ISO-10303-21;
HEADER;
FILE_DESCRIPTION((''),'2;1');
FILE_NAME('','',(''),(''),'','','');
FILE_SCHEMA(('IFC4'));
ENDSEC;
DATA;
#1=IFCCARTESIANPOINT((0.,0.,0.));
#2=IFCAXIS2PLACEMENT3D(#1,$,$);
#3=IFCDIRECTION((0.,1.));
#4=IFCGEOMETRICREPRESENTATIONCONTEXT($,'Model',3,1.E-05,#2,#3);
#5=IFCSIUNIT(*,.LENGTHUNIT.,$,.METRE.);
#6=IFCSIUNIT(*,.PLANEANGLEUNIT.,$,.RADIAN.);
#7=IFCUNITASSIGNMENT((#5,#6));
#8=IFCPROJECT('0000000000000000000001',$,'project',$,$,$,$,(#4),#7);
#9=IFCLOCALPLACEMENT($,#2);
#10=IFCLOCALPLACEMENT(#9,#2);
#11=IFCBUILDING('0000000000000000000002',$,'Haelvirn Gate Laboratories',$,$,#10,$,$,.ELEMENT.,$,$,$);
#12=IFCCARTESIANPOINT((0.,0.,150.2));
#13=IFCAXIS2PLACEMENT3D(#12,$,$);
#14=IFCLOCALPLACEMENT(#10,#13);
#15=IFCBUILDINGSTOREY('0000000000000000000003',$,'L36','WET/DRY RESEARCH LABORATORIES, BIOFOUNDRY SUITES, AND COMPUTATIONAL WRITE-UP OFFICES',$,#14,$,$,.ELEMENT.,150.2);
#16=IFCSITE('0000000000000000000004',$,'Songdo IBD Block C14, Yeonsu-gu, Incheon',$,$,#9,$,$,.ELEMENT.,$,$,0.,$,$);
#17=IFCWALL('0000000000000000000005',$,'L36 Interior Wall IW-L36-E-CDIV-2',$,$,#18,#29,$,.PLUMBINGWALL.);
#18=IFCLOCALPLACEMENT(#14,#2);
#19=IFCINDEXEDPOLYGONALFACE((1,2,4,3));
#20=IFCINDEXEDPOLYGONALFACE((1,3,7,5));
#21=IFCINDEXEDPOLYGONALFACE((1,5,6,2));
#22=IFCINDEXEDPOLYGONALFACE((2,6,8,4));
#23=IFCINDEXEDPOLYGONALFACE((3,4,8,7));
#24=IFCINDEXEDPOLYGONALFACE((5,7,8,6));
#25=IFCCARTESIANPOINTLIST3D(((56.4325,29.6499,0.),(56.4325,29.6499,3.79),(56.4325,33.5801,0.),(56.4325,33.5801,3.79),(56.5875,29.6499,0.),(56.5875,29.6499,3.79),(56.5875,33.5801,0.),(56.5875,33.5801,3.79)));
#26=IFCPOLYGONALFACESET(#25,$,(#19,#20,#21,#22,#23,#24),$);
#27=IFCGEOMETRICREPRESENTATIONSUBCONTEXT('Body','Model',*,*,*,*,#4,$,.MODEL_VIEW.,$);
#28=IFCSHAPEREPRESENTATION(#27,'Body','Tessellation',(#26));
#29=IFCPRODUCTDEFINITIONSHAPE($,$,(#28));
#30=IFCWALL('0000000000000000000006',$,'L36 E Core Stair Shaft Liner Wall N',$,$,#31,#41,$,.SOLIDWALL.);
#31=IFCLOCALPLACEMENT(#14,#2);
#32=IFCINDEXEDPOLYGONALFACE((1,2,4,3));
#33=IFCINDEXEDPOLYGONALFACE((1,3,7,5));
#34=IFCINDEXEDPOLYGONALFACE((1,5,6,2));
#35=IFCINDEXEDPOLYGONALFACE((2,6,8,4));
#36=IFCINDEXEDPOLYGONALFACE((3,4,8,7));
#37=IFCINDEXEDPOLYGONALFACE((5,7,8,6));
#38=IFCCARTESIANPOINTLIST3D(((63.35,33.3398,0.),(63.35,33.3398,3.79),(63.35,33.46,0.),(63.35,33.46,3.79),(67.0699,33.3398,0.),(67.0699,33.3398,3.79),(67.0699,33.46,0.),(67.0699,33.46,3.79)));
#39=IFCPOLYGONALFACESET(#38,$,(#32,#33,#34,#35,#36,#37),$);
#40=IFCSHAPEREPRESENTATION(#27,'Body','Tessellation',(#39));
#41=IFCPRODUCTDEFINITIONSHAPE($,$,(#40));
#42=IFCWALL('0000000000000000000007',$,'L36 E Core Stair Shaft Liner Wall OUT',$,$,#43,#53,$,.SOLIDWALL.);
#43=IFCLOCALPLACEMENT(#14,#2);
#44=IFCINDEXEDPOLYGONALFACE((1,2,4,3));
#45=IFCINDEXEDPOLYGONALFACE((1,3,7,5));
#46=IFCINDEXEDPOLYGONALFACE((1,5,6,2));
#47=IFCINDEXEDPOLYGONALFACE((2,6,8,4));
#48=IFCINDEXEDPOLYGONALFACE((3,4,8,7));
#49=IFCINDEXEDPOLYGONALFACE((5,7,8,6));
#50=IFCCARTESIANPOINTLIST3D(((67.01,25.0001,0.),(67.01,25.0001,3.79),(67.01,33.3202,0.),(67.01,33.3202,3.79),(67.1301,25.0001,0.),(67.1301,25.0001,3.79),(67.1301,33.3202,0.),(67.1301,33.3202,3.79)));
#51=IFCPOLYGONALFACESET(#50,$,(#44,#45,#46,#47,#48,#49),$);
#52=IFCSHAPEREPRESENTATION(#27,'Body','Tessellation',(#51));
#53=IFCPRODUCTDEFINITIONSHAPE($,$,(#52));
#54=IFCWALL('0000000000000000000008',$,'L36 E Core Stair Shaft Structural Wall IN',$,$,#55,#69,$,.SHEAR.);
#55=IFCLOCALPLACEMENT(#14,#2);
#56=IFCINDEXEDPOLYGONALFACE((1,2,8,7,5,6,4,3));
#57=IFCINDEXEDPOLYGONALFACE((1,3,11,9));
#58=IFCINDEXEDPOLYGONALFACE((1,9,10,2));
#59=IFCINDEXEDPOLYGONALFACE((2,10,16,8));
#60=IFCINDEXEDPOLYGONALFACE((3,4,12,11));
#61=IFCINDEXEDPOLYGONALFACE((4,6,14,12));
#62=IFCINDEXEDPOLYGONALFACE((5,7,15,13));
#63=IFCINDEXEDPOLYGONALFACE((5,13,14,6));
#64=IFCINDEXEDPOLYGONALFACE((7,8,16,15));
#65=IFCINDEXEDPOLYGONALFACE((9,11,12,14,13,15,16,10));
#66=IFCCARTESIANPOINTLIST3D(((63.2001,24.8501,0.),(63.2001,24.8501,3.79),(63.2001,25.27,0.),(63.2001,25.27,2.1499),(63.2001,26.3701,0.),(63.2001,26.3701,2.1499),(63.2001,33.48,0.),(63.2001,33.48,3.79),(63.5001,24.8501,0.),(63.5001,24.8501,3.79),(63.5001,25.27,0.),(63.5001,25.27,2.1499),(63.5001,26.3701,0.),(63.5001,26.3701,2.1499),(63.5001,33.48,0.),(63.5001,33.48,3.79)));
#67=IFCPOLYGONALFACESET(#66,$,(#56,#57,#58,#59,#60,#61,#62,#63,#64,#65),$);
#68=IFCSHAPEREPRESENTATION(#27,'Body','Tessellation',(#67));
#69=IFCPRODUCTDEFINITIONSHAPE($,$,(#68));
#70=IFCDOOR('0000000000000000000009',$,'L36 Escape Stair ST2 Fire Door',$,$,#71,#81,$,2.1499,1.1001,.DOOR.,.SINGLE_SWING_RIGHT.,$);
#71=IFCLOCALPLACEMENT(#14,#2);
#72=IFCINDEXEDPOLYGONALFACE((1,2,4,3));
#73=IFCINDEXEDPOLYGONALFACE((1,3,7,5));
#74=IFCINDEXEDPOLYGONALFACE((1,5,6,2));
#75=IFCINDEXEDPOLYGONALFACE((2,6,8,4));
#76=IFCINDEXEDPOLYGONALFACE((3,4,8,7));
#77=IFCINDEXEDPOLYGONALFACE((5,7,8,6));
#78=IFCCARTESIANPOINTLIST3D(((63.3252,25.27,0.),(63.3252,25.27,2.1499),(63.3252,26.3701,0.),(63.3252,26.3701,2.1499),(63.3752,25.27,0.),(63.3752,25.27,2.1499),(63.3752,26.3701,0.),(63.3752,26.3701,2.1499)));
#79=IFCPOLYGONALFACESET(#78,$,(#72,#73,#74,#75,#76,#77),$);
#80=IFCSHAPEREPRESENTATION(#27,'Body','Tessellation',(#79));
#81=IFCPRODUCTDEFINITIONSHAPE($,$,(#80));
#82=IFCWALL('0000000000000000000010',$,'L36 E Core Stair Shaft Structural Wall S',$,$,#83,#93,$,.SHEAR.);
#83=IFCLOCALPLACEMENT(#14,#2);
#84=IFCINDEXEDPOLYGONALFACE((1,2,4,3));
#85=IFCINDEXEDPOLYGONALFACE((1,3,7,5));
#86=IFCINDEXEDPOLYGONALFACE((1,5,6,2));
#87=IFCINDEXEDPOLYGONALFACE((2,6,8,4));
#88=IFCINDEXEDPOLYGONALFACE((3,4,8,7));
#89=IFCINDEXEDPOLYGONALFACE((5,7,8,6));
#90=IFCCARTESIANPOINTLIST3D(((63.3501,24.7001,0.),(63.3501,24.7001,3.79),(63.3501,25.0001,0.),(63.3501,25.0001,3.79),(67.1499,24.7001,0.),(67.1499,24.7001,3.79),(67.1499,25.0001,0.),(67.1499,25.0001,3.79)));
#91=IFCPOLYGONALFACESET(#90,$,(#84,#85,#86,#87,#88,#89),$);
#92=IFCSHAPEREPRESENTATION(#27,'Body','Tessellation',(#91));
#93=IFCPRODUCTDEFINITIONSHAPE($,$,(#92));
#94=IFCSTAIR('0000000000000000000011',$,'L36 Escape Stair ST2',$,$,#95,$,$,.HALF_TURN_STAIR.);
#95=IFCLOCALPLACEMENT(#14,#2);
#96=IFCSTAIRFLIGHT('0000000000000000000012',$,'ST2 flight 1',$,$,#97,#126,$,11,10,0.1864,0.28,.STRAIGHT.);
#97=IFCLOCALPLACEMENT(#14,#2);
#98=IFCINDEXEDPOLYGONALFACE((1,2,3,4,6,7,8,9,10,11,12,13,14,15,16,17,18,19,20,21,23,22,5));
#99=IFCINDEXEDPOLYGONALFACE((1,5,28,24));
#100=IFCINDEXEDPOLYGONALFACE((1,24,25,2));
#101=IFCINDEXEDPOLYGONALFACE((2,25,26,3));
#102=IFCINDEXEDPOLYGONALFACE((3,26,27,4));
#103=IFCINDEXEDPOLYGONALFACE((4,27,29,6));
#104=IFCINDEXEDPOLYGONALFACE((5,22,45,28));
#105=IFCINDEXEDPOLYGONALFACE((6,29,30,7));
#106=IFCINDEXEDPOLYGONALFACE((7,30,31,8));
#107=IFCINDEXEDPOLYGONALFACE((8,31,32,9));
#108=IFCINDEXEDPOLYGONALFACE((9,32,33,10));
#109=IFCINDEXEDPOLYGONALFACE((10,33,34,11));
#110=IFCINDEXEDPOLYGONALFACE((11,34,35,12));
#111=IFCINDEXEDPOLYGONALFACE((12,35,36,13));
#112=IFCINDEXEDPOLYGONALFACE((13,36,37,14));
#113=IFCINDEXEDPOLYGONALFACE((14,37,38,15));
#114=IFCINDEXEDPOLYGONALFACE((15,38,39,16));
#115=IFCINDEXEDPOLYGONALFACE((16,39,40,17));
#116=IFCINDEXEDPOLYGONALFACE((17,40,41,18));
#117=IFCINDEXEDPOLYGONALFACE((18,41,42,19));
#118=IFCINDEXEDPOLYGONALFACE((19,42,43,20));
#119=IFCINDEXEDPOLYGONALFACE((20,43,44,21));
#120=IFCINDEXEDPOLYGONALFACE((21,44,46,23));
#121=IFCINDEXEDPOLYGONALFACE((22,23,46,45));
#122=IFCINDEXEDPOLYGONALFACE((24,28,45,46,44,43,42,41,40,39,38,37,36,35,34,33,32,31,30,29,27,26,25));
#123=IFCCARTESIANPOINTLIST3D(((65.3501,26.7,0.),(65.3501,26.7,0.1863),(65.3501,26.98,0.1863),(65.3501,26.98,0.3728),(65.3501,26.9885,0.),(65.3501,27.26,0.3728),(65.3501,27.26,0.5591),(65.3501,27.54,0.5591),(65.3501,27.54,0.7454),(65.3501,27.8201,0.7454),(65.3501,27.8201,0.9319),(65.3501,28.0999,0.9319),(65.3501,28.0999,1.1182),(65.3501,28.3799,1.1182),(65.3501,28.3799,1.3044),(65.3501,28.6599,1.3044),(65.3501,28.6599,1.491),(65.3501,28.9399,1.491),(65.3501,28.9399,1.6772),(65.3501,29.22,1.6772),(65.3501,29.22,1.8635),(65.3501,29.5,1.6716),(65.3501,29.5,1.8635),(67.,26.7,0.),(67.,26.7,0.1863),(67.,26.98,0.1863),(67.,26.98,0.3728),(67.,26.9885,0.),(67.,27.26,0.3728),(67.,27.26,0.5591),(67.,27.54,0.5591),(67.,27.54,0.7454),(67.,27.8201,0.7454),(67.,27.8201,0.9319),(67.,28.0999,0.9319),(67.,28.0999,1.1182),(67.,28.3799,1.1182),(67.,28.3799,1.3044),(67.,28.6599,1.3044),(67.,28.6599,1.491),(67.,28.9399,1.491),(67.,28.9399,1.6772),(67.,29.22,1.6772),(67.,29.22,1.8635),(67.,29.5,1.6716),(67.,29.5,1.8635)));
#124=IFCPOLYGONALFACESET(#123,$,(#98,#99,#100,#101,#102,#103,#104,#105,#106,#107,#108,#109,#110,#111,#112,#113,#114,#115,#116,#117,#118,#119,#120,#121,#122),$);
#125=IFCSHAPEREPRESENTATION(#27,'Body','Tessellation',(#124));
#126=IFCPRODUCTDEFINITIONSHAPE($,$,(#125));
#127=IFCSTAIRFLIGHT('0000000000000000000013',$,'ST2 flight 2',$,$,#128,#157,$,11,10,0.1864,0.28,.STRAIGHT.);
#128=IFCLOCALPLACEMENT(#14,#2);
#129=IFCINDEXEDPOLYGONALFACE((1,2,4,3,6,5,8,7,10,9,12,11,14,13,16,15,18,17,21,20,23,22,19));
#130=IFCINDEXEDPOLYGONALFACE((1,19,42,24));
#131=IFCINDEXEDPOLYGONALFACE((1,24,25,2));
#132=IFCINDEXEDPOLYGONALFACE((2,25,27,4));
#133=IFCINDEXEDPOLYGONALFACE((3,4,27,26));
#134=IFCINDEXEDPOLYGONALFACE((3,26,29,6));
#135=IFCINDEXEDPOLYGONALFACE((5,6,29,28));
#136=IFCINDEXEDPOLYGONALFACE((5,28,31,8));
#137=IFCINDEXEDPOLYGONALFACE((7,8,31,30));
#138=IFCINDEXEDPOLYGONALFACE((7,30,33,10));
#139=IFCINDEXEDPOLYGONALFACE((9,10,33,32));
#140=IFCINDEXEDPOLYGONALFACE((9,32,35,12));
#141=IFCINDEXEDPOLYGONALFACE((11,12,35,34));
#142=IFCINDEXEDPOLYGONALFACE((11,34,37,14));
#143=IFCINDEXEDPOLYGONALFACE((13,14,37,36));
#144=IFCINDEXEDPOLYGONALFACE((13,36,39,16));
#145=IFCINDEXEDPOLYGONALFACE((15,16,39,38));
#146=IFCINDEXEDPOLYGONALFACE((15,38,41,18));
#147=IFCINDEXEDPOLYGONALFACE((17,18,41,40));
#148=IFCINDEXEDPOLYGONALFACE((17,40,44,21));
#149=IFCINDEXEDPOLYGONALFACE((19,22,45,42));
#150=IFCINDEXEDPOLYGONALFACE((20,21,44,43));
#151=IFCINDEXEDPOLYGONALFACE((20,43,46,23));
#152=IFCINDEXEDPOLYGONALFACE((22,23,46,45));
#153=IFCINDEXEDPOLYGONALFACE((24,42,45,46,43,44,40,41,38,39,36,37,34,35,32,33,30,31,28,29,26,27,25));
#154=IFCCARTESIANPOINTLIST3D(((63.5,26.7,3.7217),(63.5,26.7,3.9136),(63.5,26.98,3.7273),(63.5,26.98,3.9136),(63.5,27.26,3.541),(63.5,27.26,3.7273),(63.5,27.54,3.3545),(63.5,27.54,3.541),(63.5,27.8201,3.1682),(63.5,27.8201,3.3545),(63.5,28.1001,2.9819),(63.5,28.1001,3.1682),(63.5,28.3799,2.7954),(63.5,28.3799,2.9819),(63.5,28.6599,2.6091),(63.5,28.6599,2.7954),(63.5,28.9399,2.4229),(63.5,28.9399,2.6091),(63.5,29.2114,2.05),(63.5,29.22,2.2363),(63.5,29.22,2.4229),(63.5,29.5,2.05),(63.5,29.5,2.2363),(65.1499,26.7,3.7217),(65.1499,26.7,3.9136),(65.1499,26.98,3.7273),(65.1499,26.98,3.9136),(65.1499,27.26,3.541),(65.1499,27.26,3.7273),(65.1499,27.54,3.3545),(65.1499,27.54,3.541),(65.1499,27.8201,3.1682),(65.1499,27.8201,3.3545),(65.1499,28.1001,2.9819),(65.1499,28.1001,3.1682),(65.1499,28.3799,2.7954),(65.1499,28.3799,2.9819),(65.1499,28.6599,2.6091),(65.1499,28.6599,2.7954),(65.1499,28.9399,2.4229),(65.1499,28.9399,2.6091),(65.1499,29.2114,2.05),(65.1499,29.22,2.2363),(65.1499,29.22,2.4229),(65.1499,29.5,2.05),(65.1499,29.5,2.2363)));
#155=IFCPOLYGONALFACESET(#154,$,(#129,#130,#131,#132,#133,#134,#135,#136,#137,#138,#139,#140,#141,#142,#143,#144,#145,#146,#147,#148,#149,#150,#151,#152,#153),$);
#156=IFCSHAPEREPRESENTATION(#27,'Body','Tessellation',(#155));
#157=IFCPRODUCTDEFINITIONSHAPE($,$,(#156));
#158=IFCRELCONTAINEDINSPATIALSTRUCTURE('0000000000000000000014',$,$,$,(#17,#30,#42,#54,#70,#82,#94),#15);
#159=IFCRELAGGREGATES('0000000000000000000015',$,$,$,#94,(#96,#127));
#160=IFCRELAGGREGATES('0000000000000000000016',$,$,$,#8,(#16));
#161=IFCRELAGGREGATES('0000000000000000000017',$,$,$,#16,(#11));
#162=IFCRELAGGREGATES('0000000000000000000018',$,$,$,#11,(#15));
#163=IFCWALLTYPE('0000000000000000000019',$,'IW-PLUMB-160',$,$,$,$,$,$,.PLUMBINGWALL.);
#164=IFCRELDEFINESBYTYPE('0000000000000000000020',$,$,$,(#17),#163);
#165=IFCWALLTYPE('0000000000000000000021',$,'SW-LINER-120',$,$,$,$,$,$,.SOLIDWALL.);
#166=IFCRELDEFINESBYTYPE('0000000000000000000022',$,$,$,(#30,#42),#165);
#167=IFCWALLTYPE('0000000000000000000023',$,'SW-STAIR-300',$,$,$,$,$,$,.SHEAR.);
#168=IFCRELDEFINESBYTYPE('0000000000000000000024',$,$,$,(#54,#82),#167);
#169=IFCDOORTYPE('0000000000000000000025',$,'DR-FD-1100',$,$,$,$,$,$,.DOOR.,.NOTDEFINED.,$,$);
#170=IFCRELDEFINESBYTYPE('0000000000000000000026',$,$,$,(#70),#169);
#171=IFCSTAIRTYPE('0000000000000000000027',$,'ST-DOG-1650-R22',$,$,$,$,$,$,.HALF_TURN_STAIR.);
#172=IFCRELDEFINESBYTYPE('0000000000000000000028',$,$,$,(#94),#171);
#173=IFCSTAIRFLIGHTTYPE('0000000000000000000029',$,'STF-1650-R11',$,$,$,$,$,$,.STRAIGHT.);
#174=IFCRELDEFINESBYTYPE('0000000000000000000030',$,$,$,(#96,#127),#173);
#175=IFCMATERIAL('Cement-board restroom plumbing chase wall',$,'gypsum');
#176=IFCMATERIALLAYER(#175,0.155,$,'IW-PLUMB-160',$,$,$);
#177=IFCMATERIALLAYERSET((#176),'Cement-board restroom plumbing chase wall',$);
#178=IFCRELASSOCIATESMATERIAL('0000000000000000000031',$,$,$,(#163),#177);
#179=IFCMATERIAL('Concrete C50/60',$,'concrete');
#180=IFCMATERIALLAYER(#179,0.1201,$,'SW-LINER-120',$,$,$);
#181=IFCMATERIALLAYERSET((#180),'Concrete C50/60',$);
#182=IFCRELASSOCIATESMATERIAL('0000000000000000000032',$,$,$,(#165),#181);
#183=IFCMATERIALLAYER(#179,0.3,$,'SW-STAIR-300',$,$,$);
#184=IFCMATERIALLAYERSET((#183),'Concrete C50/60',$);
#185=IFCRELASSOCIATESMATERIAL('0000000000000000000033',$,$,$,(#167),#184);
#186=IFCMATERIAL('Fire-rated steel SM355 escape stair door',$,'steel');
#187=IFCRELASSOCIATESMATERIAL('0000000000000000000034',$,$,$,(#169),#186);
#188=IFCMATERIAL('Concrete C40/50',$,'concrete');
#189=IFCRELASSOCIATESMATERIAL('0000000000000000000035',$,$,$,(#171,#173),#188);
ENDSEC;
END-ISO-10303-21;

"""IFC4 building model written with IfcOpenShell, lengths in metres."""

from ifc_helpers import new_model, si_unit, direction, frame, frame_2d, origin, place, context, subcontext, project, spatial, polyline, rectangle, outline, extrude, source, transform, mapped, material, layer, layer_set, type_object, type_shapes, element, fill, aggregate, save


model = new_model("IFC4")

# Units and contexts
model_context = context("Model", 3, precision=1e-05, world=origin(), true_north=direction((0.0, 1.0)))
body_context = subcontext(model_context, "Body", "Model", "MODEL_VIEW")
ifc_project = project(units=[si_unit("LENGTHUNIT", "METRE"), si_unit("PLANEANGLEUNIT", "RADIAN")], contexts=[model_context])

# Site, building, storey
site_placement = place(None, origin())
site = spatial("IfcSite", under=ifc_project, at=site_placement, Name="Songdo IBD Block C14, Yeonsu-gu, Incheon", CompositionType="ELEMENT", RefElevation=0.0)
building_placement = place(site_placement, origin())
building = spatial("IfcBuilding", under=site, at=building_placement, Name="Haelvirn Gate Laboratories", CompositionType="ELEMENT")
storey_placement = place(building_placement, frame((0.0, 0.0, 150.2)))
storey = spatial("IfcBuildingStorey", under=building, at=storey_placement, Name="L36", Description="WET/DRY RESEARCH LABORATORIES, BIOFOUNDRY SUITES, AND COMPUTATIONAL WRITE-UP OFFICES", CompositionType="ELEMENT", Elevation=150.2)

# Walls
ifc_material_1 = material(Name="Cement-board restroom plumbing chase wall", Category="gypsum")
ifc_layer_1 = layer(ifc_material_1, 0.155, Name="IW-PLUMB-160")
ifc_layer_set_1 = layer_set([ifc_layer_1], Name="Cement-board restroom plumbing chase wall")
wall_type_1 = type_object("IfcWallType", Name="IW-PLUMB-160", PredefinedType="PLUMBINGWALL", material=ifc_layer_set_1)
wall_1_placement = place(storey_placement, frame((56.51, 29.6499, 0.0), z_axis=(0.0, 0.0, 1.0), x_axis=(0.0, 1.0, 0.0)))
element("IfcWall", 1, at=wall_1_placement, inside=storey, type_object=wall_type_1, Name="L36 Interior Wall IW-L36-E-CDIV-2", PredefinedType="PLUMBINGWALL", context=body_context, shape_type="SweptSolid", body=[
    extrude(rectangle(XDim=3.9302, YDim=0.155, at=frame_2d((1.9651, 0.0))), origin(), (0.0, 0.0, 1.0), 3.79),
])
ifc_material_2 = material(Name="Concrete C50/60", Category="concrete")
ifc_layer_2 = layer(ifc_material_2, 0.1201, Name="SW-LINER-120")
ifc_layer_set_2 = layer_set([ifc_layer_2], Name="Concrete C50/60")
wall_type_2 = type_object("IfcWallType", Name="SW-LINER-120", PredefinedType="SOLIDWALL", material=ifc_layer_set_2)
wall_2_placement = place(storey_placement, frame((63.3501, 33.3999, 0.0), z_axis=(0.0, 0.0, 1.0), x_axis=(1.0, 0.0, 0.0)))
element("IfcWall", 2, at=wall_2_placement, inside=storey, type_object=wall_type_2, Name="L36 E Core Stair Shaft Liner Wall N", PredefinedType="SOLIDWALL", context=body_context, shape_type="SweptSolid", body=[
    extrude(rectangle(XDim=3.72, YDim=0.1201, at=frame_2d((1.8599, 0.0))), origin(), (0.0, 0.0, 1.0), 3.79),
])
wall_3_placement = place(storey_placement, frame((67.0701, 25.0, 0.0), z_axis=(0.0, 0.0, 1.0), x_axis=(0.0, 1.0, 0.0)))
element("IfcWall", 3, at=wall_3_placement, inside=storey, type_object=wall_type_2, Name="L36 E Core Stair Shaft Liner Wall OUT", PredefinedType="SOLIDWALL", context=body_context, shape_type="SweptSolid", body=[
    extrude(rectangle(XDim=8.3201, YDim=0.1201, at=frame_2d((4.1602, 0.0))), origin(), (0.0, 0.0, 1.0), 3.79),
])

# Wall, opening, door
ifc_layer_3 = layer(ifc_material_2, 0.3, Name="SW-STAIR-300")
ifc_layer_set_3 = layer_set([ifc_layer_3], Name="Concrete C50/60")
wall_type_3 = type_object("IfcWallType", Name="SW-STAIR-300", PredefinedType="SHEAR", material=ifc_layer_set_3)
wall_4_placement = place(storey_placement, frame((63.3501, 24.8501, 0.0), z_axis=(0.0, 0.0, 1.0), x_axis=(0.0, 1.0, 0.0)))
wall_4 = element("IfcWall", 4, at=wall_4_placement, inside=storey, type_object=wall_type_3, Name="L36 E Core Stair Shaft Structural Wall IN", PredefinedType="SHEAR", context=body_context, shape_type="SweptSolid", body=[
    extrude(rectangle(XDim=8.6299, YDim=0.3, at=frame_2d((4.3149, 0.0))), origin(), (0.0, 0.0, 1.0), 3.79),
])
opening_1_placement = place(wall_4_placement, frame((0.4199, 0.0, 0.0)))
opening_1 = element("IfcOpeningElement", 5, at=opening_1_placement, cuts=wall_4, PredefinedType="OPENING", context=body_context, shape_type="SweptSolid", body=[
    extrude(rectangle(XDim=1.1001, YDim=2.1499, at=frame_2d((0.55, 1.075))), frame((0.0, 0.1602, 0.0), z_axis=(0.0, -1.0, 0.0), x_axis=(1.0, 0.0, 0.0)), (0.0, 0.0, 1.0), 0.3201),
])
ifc_material_3 = material(Name="Fire-rated steel SM355 escape stair door", Category="steel")
door_type_1 = type_object("IfcDoorType", Name="DR-FD-1100", OperationType="NOTDEFINED", PredefinedType="DOOR", material=ifc_material_3)
shared_shape_1 = source(origin(), body_context, "Body", "SweptSolid", [
    extrude(rectangle(XDim=1.1001, YDim=2.1499, at=frame_2d((0.55, 1.075))), frame((0.0, 0.0249, 0.0), z_axis=(0.0, -1.0, 0.0), x_axis=(1.0, 0.0, 0.0)), (0.0, 0.0, 1.0), 0.05),
])
type_shapes(door_type_1, [shared_shape_1])
door_1_placement = place(opening_1_placement, origin())
door_1 = element("IfcDoor", 6, at=door_1_placement, inside=storey, type_object=door_type_1, Name="L36 Escape Stair ST2 Fire Door", OperationType="SINGLE_SWING_RIGHT", OverallHeight=2.1499, OverallWidth=1.1001, PredefinedType="DOOR", context=body_context, shape_type="MappedRepresentation", body=[
    mapped(shared_shape_1, transform((0.0, 0.0, 0.0), scale=1.0)),
])
fill(opening_1, door_1)

# Wall
wall_5_placement = place(storey_placement, frame((63.3501, 24.8501, 0.0), z_axis=(0.0, 0.0, 1.0), x_axis=(1.0, 0.0, 0.0)))
element("IfcWall", 7, at=wall_5_placement, inside=storey, type_object=wall_type_3, Name="L36 E Core Stair Shaft Structural Wall S", PredefinedType="SHEAR", context=body_context, shape_type="SweptSolid", body=[
    extrude(rectangle(XDim=3.7998, YDim=0.3, at=frame_2d((1.8999, 0.0))), origin(), (0.0, 0.0, 1.0), 3.79),
])

# Stair, stair flights
ifc_material_4 = material(Name="Concrete C40/50", Category="concrete")
stair_type = type_object("IfcStairType", Name="ST-DOG-1650-R22", PredefinedType="HALF_TURN_STAIR", material=ifc_material_4)
stair_placement = place(storey_placement, origin())
stair = element("IfcStair", 8, at=stair_placement, inside=storey, type_object=stair_type, Name="L36 Escape Stair ST2", PredefinedType="HALF_TURN_STAIR")
stair_flight_type = type_object("IfcStairFlightType", Name="STF-1650-R11", PredefinedType="STRAIGHT", material=ifc_material_4)
shared_shape_2 = source(origin(), body_context, "Body", "SweptSolid", [
    extrude(outline(polyline([(0.0, 0.0), (0.0, 0.1863), (0.28, 0.1863), (0.28, 0.3728), (0.5601, 0.3728), (0.5601, 0.5591), (0.8401, 0.5591), (0.8401, 0.7454), (1.1201, 0.7454), (1.1201, 0.9319), (1.3999, 0.9319), (1.3999, 1.1182), (1.6799, 1.1182), (1.6799, 1.3044), (1.96, 1.3044), (1.96, 1.491), (2.24, 1.491), (2.24, 1.6772), (2.52, 1.6772), (2.52, 1.8635), (2.8, 1.8635), (2.8, 2.05), (2.8, 1.6716), (0.2886, 0.0), (0.0, 0.0)])), frame((0.0, 0.825, 0.0), z_axis=(0.0, -1.0, 0.0), x_axis=(1.0, 0.0, 0.0)), (0.0, 0.0, 1.0), 1.6499),
])
type_shapes(stair_flight_type, [shared_shape_2])
stair_flight_1_placement = place(storey_placement, frame((66.175, 26.7, 0.0), z_axis=(0.0, 0.0, 1.0), x_axis=(0.0, 1.0, 0.0)))
stair_flight_1 = element("IfcStairFlight", 9, at=stair_flight_1_placement, type_object=stair_flight_type, Name="ST2 flight 1", NumberOfRisers=11, NumberOfTreads=10, PredefinedType="STRAIGHT", RiserHeight=0.1864, TreadLength=0.28, context=body_context, shape_type="MappedRepresentation", body=[
    mapped(shared_shape_2, transform((0.0, 0.0, 0.0), scale=1.0)),
])
stair_flight_2_placement = place(storey_placement, frame((64.325, 29.5, 2.05), z_axis=(0.0, 0.0, 1.0), x_axis=(0.0, -1.0, 0.0)))
stair_flight_2 = element("IfcStairFlight", 10, at=stair_flight_2_placement, type_object=stair_flight_type, Name="ST2 flight 2", NumberOfRisers=11, NumberOfTreads=10, PredefinedType="STRAIGHT", RiserHeight=0.1864, TreadLength=0.28, context=body_context, shape_type="MappedRepresentation", body=[
    mapped(shared_shape_2, transform((0.0, 0.0, 0.0), scale=1.0)),
])
aggregate(stair, [stair_flight_1, stair_flight_2])

save(model, "model.ifc")
